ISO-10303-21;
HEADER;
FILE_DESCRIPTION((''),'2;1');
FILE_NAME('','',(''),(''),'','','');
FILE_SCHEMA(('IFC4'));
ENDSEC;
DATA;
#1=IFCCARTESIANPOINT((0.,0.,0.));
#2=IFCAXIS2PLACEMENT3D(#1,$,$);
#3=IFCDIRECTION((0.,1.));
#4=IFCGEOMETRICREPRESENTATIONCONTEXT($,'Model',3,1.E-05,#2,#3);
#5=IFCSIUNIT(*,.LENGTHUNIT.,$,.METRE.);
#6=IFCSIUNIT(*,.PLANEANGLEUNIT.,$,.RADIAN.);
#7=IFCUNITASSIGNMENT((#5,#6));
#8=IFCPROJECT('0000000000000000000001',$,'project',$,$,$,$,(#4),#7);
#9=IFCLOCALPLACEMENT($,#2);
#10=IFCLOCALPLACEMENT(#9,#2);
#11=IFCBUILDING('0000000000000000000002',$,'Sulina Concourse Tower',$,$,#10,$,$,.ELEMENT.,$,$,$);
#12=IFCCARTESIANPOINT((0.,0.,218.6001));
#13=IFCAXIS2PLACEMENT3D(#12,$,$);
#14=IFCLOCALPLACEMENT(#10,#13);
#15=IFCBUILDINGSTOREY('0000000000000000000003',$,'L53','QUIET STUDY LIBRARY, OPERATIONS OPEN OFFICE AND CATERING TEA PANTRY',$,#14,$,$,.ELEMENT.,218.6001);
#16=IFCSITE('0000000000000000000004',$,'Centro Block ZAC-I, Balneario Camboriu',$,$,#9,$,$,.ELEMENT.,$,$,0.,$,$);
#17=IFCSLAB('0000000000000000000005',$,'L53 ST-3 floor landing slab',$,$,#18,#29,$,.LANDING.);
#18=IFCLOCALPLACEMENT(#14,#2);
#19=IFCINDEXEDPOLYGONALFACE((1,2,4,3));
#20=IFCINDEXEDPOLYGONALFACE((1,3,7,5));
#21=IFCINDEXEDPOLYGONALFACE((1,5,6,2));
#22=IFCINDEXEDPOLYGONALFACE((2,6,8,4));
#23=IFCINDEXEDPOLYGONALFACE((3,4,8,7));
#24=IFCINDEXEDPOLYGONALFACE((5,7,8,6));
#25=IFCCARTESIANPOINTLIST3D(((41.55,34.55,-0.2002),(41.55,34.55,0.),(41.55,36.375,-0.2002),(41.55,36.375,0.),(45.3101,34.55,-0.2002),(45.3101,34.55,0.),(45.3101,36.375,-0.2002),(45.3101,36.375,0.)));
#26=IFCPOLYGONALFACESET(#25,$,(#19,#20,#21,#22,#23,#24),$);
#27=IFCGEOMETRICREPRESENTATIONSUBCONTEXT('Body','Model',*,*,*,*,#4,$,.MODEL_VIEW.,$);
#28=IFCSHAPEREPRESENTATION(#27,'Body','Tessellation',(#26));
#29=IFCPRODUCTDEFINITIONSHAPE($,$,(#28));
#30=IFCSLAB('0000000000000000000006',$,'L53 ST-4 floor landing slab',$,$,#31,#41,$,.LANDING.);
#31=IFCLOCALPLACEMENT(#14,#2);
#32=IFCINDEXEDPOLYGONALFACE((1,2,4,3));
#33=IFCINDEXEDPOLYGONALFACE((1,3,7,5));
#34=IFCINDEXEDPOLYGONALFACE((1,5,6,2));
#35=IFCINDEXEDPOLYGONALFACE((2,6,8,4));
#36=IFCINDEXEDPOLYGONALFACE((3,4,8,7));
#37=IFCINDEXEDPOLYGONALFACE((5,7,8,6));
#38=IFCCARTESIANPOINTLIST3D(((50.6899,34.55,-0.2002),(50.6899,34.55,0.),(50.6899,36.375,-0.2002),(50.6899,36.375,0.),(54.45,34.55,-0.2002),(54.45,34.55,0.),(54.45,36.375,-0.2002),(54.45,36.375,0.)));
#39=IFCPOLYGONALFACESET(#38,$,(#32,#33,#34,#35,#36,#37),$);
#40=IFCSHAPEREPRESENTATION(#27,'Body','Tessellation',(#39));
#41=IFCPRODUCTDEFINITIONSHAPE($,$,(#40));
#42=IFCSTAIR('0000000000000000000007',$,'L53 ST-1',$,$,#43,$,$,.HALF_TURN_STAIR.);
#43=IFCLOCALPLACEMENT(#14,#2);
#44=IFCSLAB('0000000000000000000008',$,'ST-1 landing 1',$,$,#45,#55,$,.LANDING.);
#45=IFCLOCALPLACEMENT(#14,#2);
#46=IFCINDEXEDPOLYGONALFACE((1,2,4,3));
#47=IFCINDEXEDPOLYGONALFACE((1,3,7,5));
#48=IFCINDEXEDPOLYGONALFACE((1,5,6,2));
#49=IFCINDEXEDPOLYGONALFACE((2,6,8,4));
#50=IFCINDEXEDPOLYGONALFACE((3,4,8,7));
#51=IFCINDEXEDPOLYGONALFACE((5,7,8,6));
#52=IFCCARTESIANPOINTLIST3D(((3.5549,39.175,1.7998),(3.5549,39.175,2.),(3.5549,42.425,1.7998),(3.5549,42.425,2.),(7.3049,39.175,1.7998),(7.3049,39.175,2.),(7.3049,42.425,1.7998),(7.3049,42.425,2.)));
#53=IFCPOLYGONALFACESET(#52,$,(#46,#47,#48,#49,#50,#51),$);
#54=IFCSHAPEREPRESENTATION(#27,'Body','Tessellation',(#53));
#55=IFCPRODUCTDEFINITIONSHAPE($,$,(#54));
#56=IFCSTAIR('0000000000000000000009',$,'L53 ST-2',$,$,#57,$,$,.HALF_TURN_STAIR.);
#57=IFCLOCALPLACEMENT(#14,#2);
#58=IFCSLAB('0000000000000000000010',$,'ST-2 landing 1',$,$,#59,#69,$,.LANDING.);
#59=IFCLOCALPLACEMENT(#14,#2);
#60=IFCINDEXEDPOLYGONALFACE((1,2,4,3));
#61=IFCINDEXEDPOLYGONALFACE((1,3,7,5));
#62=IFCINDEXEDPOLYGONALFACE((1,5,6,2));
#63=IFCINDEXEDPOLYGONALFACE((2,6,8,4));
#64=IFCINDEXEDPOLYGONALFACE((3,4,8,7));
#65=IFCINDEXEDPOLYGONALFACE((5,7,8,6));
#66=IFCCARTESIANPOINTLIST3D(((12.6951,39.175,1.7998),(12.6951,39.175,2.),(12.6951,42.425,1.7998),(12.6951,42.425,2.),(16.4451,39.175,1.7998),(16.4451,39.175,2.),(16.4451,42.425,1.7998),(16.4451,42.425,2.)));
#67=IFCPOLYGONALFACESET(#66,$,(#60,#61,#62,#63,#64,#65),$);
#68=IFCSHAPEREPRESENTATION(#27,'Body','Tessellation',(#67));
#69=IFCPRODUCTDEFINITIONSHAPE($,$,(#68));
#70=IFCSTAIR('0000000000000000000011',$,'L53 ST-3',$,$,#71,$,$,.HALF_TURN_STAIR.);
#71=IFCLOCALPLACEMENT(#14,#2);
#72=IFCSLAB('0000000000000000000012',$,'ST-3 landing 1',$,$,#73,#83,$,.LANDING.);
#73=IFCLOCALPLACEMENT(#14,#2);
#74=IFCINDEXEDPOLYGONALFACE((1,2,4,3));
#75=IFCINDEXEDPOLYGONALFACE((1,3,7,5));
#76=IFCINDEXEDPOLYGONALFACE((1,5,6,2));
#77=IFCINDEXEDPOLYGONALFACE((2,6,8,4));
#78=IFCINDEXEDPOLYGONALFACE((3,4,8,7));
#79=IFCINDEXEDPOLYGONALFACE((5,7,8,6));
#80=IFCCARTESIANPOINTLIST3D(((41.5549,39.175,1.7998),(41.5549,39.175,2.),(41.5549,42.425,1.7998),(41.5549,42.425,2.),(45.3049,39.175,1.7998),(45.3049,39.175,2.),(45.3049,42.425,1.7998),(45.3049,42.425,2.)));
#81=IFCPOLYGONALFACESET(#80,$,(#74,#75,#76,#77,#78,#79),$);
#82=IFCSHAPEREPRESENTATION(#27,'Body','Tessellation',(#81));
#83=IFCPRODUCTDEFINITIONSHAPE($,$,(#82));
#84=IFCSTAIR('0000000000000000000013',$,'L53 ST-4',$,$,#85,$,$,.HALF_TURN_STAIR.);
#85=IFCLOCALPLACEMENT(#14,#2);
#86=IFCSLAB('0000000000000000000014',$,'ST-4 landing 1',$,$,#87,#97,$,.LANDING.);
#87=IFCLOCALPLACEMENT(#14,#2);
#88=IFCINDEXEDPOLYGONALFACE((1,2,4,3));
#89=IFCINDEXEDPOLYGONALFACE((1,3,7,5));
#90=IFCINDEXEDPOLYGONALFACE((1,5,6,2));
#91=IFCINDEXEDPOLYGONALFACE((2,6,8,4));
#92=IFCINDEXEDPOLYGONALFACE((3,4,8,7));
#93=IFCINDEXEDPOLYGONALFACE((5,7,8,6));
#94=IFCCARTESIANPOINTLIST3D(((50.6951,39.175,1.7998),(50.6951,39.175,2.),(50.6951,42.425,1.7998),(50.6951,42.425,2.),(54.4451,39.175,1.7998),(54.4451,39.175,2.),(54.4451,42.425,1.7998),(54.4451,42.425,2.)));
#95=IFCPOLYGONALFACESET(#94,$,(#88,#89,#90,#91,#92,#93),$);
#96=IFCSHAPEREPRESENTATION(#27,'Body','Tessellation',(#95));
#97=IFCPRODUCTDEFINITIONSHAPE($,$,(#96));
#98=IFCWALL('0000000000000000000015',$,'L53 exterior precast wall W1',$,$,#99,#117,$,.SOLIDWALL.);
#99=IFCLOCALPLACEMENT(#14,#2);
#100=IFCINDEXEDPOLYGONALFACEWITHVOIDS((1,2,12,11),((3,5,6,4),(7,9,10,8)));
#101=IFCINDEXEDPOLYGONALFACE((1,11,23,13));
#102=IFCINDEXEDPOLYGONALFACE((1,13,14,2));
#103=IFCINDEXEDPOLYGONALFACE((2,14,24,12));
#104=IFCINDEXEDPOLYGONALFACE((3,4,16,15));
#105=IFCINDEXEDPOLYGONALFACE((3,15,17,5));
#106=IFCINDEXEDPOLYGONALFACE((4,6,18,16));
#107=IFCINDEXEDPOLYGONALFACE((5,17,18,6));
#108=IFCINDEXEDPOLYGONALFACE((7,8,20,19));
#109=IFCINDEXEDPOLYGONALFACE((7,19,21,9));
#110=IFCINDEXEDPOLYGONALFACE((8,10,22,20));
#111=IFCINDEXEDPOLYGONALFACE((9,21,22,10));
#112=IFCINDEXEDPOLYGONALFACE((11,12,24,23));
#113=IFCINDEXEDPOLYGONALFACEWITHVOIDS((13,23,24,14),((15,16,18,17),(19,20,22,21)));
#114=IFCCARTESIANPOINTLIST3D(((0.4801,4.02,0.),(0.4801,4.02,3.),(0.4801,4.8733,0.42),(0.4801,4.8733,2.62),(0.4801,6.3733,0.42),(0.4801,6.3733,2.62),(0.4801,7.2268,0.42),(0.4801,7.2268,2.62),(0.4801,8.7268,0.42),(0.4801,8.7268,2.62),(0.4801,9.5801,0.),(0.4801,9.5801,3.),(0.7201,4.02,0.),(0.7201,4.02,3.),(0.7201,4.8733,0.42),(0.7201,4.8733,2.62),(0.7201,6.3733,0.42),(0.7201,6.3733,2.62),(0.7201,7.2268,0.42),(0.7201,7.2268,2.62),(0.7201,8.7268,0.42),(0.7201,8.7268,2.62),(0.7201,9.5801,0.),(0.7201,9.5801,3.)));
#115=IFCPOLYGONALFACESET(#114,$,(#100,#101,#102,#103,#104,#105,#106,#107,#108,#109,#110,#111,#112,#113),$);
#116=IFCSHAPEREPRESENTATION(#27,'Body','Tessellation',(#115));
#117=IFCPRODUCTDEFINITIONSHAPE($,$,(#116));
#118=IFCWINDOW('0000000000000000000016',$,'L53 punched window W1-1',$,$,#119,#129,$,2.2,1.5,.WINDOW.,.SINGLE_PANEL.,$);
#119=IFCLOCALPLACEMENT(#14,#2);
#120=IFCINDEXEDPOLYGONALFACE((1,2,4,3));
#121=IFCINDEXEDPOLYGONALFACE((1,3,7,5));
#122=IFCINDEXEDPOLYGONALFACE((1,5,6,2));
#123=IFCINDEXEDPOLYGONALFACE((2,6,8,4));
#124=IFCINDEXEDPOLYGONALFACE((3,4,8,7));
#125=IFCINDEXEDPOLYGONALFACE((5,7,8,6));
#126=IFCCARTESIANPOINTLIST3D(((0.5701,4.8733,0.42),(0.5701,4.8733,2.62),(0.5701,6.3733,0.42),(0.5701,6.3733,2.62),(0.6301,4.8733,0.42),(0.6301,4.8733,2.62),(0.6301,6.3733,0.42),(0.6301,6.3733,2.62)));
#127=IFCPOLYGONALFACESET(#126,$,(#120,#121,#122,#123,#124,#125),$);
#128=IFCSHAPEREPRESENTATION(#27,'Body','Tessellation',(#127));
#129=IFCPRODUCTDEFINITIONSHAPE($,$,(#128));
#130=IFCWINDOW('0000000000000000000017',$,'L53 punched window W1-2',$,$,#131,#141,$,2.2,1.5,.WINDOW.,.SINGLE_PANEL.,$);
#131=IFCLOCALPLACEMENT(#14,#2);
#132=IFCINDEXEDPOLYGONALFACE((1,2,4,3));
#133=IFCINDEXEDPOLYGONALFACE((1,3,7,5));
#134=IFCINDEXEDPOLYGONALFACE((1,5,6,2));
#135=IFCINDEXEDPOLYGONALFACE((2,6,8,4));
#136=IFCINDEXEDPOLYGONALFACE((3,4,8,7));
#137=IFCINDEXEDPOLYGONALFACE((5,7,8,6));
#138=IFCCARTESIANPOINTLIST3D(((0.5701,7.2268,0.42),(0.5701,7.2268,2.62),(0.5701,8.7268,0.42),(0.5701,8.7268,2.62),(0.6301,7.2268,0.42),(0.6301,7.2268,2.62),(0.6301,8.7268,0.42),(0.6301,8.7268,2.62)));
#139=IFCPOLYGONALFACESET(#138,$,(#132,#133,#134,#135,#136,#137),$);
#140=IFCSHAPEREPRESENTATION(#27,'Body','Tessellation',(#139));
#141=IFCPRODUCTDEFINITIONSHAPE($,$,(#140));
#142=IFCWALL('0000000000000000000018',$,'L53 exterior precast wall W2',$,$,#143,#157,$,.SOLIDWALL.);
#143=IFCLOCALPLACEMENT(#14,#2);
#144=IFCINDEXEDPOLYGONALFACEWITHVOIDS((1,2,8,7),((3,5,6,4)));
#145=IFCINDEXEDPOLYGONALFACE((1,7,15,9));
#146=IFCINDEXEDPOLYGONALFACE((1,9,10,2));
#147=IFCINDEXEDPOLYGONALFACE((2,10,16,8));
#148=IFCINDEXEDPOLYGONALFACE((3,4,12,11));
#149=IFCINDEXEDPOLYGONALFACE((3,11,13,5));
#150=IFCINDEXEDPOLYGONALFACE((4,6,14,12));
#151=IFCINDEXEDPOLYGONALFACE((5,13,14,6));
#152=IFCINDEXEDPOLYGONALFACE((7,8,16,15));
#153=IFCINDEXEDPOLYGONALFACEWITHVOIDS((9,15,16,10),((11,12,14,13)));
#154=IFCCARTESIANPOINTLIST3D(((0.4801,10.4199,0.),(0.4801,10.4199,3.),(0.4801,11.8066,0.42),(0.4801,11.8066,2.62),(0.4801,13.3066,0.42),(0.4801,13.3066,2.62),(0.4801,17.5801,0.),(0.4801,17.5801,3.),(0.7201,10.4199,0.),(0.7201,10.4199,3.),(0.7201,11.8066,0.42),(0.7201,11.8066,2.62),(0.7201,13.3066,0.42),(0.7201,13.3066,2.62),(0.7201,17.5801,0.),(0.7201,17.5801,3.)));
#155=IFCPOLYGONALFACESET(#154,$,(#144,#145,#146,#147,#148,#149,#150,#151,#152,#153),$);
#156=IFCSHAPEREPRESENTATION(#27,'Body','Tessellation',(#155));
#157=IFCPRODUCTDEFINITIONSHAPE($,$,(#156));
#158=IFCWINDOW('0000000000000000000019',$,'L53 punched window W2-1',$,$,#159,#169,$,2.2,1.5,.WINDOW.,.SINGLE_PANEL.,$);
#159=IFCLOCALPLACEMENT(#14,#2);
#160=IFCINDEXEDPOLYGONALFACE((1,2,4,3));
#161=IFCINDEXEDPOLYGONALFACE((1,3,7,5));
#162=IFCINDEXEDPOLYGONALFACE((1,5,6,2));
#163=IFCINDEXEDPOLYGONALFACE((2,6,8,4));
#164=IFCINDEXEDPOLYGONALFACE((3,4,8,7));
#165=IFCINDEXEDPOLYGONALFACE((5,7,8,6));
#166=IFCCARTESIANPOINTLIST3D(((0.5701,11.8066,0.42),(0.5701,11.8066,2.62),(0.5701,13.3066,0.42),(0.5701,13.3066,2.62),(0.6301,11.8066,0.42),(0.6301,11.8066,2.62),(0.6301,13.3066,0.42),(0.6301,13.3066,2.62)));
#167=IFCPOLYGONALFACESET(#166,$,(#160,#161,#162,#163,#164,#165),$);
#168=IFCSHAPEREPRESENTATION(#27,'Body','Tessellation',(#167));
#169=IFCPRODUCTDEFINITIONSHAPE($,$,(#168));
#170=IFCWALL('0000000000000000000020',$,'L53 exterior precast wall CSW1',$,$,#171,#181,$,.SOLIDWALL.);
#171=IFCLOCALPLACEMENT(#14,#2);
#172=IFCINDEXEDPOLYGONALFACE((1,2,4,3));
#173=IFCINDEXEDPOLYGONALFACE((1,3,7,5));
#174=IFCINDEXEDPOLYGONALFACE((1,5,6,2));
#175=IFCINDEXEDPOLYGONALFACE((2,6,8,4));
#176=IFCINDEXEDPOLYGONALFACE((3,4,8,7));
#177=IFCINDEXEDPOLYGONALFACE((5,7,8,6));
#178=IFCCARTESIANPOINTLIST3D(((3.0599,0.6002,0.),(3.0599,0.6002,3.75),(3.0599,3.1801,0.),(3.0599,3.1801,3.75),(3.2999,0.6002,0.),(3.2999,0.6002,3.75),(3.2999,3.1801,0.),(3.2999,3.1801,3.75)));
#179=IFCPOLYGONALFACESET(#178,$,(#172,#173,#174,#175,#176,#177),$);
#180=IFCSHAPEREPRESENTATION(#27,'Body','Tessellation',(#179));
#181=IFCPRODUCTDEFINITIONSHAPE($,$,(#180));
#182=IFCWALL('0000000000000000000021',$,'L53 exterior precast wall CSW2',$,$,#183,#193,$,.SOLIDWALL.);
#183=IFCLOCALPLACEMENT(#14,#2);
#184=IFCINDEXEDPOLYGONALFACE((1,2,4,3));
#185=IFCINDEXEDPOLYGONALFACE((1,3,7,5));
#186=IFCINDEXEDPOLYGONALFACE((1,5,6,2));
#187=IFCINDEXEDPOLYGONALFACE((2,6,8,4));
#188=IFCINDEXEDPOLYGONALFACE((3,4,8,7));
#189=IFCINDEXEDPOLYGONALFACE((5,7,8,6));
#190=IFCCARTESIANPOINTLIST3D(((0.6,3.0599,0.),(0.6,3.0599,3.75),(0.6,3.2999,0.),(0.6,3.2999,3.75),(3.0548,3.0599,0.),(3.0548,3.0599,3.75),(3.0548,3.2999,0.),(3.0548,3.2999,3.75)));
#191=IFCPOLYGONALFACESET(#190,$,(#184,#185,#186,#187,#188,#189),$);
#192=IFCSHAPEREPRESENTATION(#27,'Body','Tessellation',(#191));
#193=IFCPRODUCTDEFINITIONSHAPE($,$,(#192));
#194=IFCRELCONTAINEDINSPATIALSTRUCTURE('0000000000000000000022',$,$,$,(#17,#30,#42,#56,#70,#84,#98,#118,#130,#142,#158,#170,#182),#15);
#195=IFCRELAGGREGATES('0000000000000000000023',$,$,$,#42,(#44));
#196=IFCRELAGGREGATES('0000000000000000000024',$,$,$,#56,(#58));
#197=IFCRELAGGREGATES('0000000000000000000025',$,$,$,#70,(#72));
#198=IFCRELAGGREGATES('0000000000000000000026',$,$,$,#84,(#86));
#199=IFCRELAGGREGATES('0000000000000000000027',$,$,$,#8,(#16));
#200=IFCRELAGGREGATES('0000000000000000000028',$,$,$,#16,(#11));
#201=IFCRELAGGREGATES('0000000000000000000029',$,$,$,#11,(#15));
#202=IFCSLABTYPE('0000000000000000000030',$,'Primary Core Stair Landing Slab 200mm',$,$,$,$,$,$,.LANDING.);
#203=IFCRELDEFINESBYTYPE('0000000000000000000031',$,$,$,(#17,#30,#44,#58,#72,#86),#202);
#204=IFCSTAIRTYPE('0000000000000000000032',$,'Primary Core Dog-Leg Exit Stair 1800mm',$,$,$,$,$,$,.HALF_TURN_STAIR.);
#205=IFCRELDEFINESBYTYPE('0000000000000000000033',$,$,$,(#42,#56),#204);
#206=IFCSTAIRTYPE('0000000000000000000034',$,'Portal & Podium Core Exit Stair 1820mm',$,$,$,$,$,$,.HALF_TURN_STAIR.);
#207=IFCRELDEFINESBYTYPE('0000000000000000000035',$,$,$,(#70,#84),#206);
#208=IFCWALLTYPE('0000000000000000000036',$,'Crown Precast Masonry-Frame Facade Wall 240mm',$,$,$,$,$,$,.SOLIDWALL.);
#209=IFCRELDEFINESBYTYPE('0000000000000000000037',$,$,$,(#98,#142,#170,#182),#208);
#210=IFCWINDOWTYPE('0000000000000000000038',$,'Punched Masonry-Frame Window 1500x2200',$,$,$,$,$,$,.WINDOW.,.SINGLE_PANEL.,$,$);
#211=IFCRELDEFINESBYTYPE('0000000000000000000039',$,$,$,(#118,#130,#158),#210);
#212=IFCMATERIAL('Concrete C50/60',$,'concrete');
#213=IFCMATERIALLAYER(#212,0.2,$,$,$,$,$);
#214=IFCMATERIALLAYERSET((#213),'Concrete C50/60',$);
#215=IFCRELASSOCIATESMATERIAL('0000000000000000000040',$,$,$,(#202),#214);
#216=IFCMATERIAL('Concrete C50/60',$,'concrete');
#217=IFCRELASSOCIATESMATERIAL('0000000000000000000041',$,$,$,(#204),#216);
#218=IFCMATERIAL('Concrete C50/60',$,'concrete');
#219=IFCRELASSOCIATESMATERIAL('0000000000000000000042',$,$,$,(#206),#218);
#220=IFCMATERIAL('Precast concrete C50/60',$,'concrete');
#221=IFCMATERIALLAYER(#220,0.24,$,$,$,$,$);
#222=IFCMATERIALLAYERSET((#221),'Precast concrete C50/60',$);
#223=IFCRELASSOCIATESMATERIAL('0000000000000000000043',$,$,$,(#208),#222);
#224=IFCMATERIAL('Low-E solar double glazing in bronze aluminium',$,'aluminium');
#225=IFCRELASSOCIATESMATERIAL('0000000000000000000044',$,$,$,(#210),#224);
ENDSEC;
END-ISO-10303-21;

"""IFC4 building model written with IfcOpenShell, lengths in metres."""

from ifc_helpers import new_model, si_unit, direction, frame, frame_2d, origin, place, context, subcontext, project, spatial, polyline, rectangle, outline, extrude, material, layer, layer_set, type_object, element, fill, aggregate, save


model = new_model("IFC4")

# Units and contexts
model_context = context("Model", 3, precision=1e-05, world=origin(), true_north=direction((0.0, 1.0)))
body_context = subcontext(model_context, "Body", "Model", "MODEL_VIEW")
ifc_project = project(units=[si_unit("LENGTHUNIT", "METRE"), si_unit("PLANEANGLEUNIT", "RADIAN")], contexts=[model_context])

# Site, building, storey
site_placement = place(None, origin())
site = spatial("IfcSite", under=ifc_project, at=site_placement, Name="Centro Block ZAC-I, Balneario Camboriu", CompositionType="ELEMENT", RefElevation=0.0)
building_placement = place(site_placement, origin())
building = spatial("IfcBuilding", under=site, at=building_placement, Name="Sulina Concourse Tower", CompositionType="ELEMENT")
storey_placement = place(building_placement, frame((0.0, 0.0, 218.6001)))
storey = spatial("IfcBuildingStorey", under=building, at=storey_placement, Name="L53", Description="QUIET STUDY LIBRARY, OPERATIONS OPEN OFFICE AND CATERING TEA PANTRY", CompositionType="ELEMENT", Elevation=218.6001)

# Slabs
ifc_material_1 = material(Name="Concrete C50/60", Category="concrete")
ifc_layer_1 = layer(ifc_material_1, 0.2)
ifc_layer_set_1 = layer_set([ifc_layer_1], Name="Concrete C50/60")
slab_type_1 = type_object("IfcSlabType", Name="Primary Core Stair Landing Slab 200mm", PredefinedType="LANDING", material=ifc_layer_set_1)
slab_1_placement = place(storey_placement, frame((0.0, 0.0, -0.2002)))
element("IfcSlab", 1, at=slab_1_placement, inside=storey, type_object=slab_type_1, Name="L53 ST-3 floor landing slab", PredefinedType="LANDING", context=body_context, shape_type="SweptSolid", body=[
    extrude(outline(polyline([(45.3101, 34.55), (45.3101, 36.375), (41.55, 36.375), (41.55, 34.55), (45.3101, 34.55)])), origin(), (0.0, 0.0, 1.0), 0.2002),
])
slab_2_placement = place(storey_placement, frame((0.0, 0.0, -0.2002)))
element("IfcSlab", 2, at=slab_2_placement, inside=storey, type_object=slab_type_1, Name="L53 ST-4 floor landing slab", PredefinedType="LANDING", context=body_context, shape_type="SweptSolid", body=[
    extrude(outline(polyline([(54.45, 34.55), (54.45, 36.375), (50.6899, 36.375), (50.6899, 34.55), (54.45, 34.55)])), origin(), (0.0, 0.0, 1.0), 0.2002),
])

# Stairs, slabs
ifc_material_2 = material(Name="Concrete C50/60", Category="concrete")
stair_type_1 = type_object("IfcStairType", Name="Primary Core Dog-Leg Exit Stair 1800mm", PredefinedType="HALF_TURN_STAIR", material=ifc_material_2)
stair_1_placement = place(storey_placement, origin())
stair_1 = element("IfcStair", 3, at=stair_1_placement, inside=storey, type_object=stair_type_1, Name="L53 ST-1", PredefinedType="HALF_TURN_STAIR")
slab_3_placement = place(storey_placement, frame((0.0, 0.0, 1.7998)))
slab_3 = element("IfcSlab", 4, at=slab_3_placement, type_object=slab_type_1, Name="ST-1 landing 1", PredefinedType="LANDING", context=body_context, shape_type="SweptSolid", body=[
    extrude(outline(polyline([(7.3049, 39.175), (7.3049, 42.425), (3.5549, 42.425), (3.5549, 39.175), (7.3049, 39.175)])), origin(), (0.0, 0.0, 1.0), 0.2002),
])
aggregate(stair_1, [slab_3])
stair_2_placement = place(storey_placement, origin())
stair_2 = element("IfcStair", 5, at=stair_2_placement, inside=storey, type_object=stair_type_1, Name="L53 ST-2", PredefinedType="HALF_TURN_STAIR")
slab_4_placement = place(storey_placement, frame((0.0, 0.0, 1.7998)))
slab_4 = element("IfcSlab", 6, at=slab_4_placement, type_object=slab_type_1, Name="ST-2 landing 1", PredefinedType="LANDING", context=body_context, shape_type="SweptSolid", body=[
    extrude(outline(polyline([(16.4451, 39.175), (16.4451, 42.425), (12.6951, 42.425), (12.6951, 39.175), (16.4451, 39.175)])), origin(), (0.0, 0.0, 1.0), 0.2002),
])
aggregate(stair_2, [slab_4])
ifc_material_3 = material(Name="Concrete C50/60", Category="concrete")
stair_type_2 = type_object("IfcStairType", Name="Portal & Podium Core Exit Stair 1820mm", PredefinedType="HALF_TURN_STAIR", material=ifc_material_3)
stair_3_placement = place(storey_placement, origin())
stair_3 = element("IfcStair", 7, at=stair_3_placement, inside=storey, type_object=stair_type_2, Name="L53 ST-3", PredefinedType="HALF_TURN_STAIR")
slab_5_placement = place(storey_placement, frame((0.0, 0.0, 1.7998)))
slab_5 = element("IfcSlab", 8, at=slab_5_placement, type_object=slab_type_1, Name="ST-3 landing 1", PredefinedType="LANDING", context=body_context, shape_type="SweptSolid", body=[
    extrude(outline(polyline([(45.3049, 39.175), (45.3049, 42.425), (41.5549, 42.425), (41.5549, 39.175), (45.3049, 39.175)])), origin(), (0.0, 0.0, 1.0), 0.2002),
])
aggregate(stair_3, [slab_5])
stair_4_placement = place(storey_placement, origin())
stair_4 = element("IfcStair", 9, at=stair_4_placement, inside=storey, type_object=stair_type_2, Name="L53 ST-4", PredefinedType="HALF_TURN_STAIR")
slab_6_placement = place(storey_placement, frame((0.0, 0.0, 1.7998)))
slab_6 = element("IfcSlab", 10, at=slab_6_placement, type_object=slab_type_1, Name="ST-4 landing 1", PredefinedType="LANDING", context=body_context, shape_type="SweptSolid", body=[
    extrude(outline(polyline([(54.4451, 39.175), (54.4451, 42.425), (50.6951, 42.425), (50.6951, 39.175), (54.4451, 39.175)])), origin(), (0.0, 0.0, 1.0), 0.2002),
])
aggregate(stair_4, [slab_6])

# Wall, openings, windows
ifc_material_4 = material(Name="Precast concrete C50/60", Category="concrete")
ifc_layer_2 = layer(ifc_material_4, 0.24)
ifc_layer_set_2 = layer_set([ifc_layer_2], Name="Precast concrete C50/60")
wall_type = type_object("IfcWallType", Name="Crown Precast Masonry-Frame Facade Wall 240mm", PredefinedType="SOLIDWALL", material=ifc_layer_set_2)
wall_1_placement = place(storey_placement, frame((0.6001, 4.02, 0.0), z_axis=(0.0, 0.0, 1.0), x_axis=(0.0, 1.0, 0.0)))
wall_1 = element("IfcWall", 11, at=wall_1_placement, inside=storey, type_object=wall_type, Name="L53 exterior precast wall W1", PredefinedType="SOLIDWALL", context=body_context, shape_type="SweptSolid", body=[
    extrude(rectangle(XDim=5.5601, YDim=0.24, at=frame_2d((2.78, 0.0))), origin(), (0.0, 0.0, 1.0), 3.0),
])
opening_1_placement = place(wall_1_placement, frame((0.8533, 0.0, 0.4199)))
opening_1 = element("IfcOpeningElement", 12, at=opening_1_placement, cuts=wall_1, PredefinedType="OPENING", context=body_context, shape_type="SweptSolid", body=[
    extrude(rectangle(XDim=1.5, YDim=2.2, at=frame_2d((0.75, 1.1001))), frame((0.0, 0.1299, 0.0), z_axis=(0.0, -1.0, 0.0), x_axis=(1.0, 0.0, 0.0)), (0.0, 0.0, 1.0), 0.26),
])
opening_2_placement = place(wall_1_placement, frame((3.2068, 0.0, 0.4199)))
opening_2 = element("IfcOpeningElement", 13, at=opening_2_placement, cuts=wall_1, PredefinedType="OPENING", context=body_context, shape_type="SweptSolid", body=[
    extrude(rectangle(XDim=1.5, YDim=2.2, at=frame_2d((0.75, 1.1001))), frame((0.0, 0.1299, 0.0), z_axis=(0.0, -1.0, 0.0), x_axis=(1.0, 0.0, 0.0)), (0.0, 0.0, 1.0), 0.26),
])
ifc_material_5 = material(Name="Low-E solar double glazing in bronze aluminium", Category="aluminium")
window_type = type_object("IfcWindowType", Name="Punched Masonry-Frame Window 1500x2200", PartitioningType="SINGLE_PANEL", PredefinedType="WINDOW", material=ifc_material_5)
window_1_placement = place(opening_1_placement, origin())
window_1 = element("IfcWindow", 14, at=window_1_placement, inside=storey, type_object=window_type, Name="L53 punched window W1-1", OverallHeight=2.2, OverallWidth=1.5, PartitioningType="SINGLE_PANEL", PredefinedType="WINDOW", context=body_context, shape_type="SweptSolid", body=[
    extrude(rectangle(XDim=1.5, YDim=2.2, at=frame_2d((0.75, 1.1001))), frame((0.0, 0.03, 0.0), z_axis=(0.0, -1.0, 0.0), x_axis=(1.0, 0.0, 0.0)), (0.0, 0.0, 1.0), 0.0601),
])
fill(opening_1, window_1)
window_2_placement = place(opening_2_placement, origin())
window_2 = element("IfcWindow", 15, at=window_2_placement, inside=storey, type_object=window_type, Name="L53 punched window W1-2", OverallHeight=2.2, OverallWidth=1.5, PartitioningType="SINGLE_PANEL", PredefinedType="WINDOW", context=body_context, shape_type="SweptSolid", body=[
    extrude(rectangle(XDim=1.5, YDim=2.2, at=frame_2d((0.75, 1.1001))), frame((0.0, 0.03, 0.0), z_axis=(0.0, -1.0, 0.0), x_axis=(1.0, 0.0, 0.0)), (0.0, 0.0, 1.0), 0.0601),
])
fill(opening_2, window_2)

# Wall, opening, window
wall_2_placement = place(storey_placement, frame((0.6001, 10.4199, 0.0), z_axis=(0.0, 0.0, 1.0), x_axis=(0.0, 1.0, 0.0)))
wall_2 = element("IfcWall", 16, at=wall_2_placement, inside=storey, type_object=wall_type, Name="L53 exterior precast wall W2", PredefinedType="SOLIDWALL", context=body_context, shape_type="SweptSolid", body=[
    extrude(rectangle(XDim=7.1602, YDim=0.24, at=frame_2d((3.5801, 0.0))), origin(), (0.0, 0.0, 1.0), 3.0),
])
opening_3_placement = place(wall_2_placement, frame((1.3867, 0.0, 0.4199)))
opening_3 = element("IfcOpeningElement", 17, at=opening_3_placement, cuts=wall_2, PredefinedType="OPENING", context=body_context, shape_type="SweptSolid", body=[
    extrude(rectangle(XDim=1.5, YDim=2.2, at=frame_2d((0.75, 1.1001))), frame((0.0, 0.1299, 0.0), z_axis=(0.0, -1.0, 0.0), x_axis=(1.0, 0.0, 0.0)), (0.0, 0.0, 1.0), 0.26),
])
window_3_placement = place(opening_3_placement, origin())
window_3 = element("IfcWindow", 18, at=window_3_placement, inside=storey, type_object=window_type, Name="L53 punched window W2-1", OverallHeight=2.2, OverallWidth=1.5, PartitioningType="SINGLE_PANEL", PredefinedType="WINDOW", context=body_context, shape_type="SweptSolid", body=[
    extrude(rectangle(XDim=1.5, YDim=2.2, at=frame_2d((0.75, 1.1001))), frame((0.0, 0.03, 0.0), z_axis=(0.0, -1.0, 0.0), x_axis=(1.0, 0.0, 0.0)), (0.0, 0.0, 1.0), 0.0601),
])
fill(opening_3, window_3)

# Walls
wall_3_placement = place(storey_placement, frame((3.1799, 0.6001, 0.0), z_axis=(0.0, 0.0, 1.0), x_axis=(0.0, 1.0, 0.0)))
element("IfcWall", 19, at=wall_3_placement, inside=storey, type_object=wall_type, Name="L53 exterior precast wall CSW1", PredefinedType="SOLIDWALL", context=body_context, shape_type="SweptSolid", body=[
    extrude(rectangle(XDim=2.5798, YDim=0.24, at=frame_2d((1.29, 0.0))), origin(), (0.0, 0.0, 1.0), 3.75),
])
wall_4_placement = place(storey_placement, frame((3.0549, 3.1799, 0.0), z_axis=(0.0, 0.0, 1.0), x_axis=(-1.0, 0.0, 0.0)))
element("IfcWall", 20, at=wall_4_placement, inside=storey, type_object=wall_type, Name="L53 exterior precast wall CSW2", PredefinedType="SOLIDWALL", context=body_context, shape_type="SweptSolid", body=[
    extrude(rectangle(XDim=2.4548, YDim=0.24, at=frame_2d((1.2275, 0.0))), origin(), (0.0, 0.0, 1.0), 3.75),
])

save(model, "model.ifc")
